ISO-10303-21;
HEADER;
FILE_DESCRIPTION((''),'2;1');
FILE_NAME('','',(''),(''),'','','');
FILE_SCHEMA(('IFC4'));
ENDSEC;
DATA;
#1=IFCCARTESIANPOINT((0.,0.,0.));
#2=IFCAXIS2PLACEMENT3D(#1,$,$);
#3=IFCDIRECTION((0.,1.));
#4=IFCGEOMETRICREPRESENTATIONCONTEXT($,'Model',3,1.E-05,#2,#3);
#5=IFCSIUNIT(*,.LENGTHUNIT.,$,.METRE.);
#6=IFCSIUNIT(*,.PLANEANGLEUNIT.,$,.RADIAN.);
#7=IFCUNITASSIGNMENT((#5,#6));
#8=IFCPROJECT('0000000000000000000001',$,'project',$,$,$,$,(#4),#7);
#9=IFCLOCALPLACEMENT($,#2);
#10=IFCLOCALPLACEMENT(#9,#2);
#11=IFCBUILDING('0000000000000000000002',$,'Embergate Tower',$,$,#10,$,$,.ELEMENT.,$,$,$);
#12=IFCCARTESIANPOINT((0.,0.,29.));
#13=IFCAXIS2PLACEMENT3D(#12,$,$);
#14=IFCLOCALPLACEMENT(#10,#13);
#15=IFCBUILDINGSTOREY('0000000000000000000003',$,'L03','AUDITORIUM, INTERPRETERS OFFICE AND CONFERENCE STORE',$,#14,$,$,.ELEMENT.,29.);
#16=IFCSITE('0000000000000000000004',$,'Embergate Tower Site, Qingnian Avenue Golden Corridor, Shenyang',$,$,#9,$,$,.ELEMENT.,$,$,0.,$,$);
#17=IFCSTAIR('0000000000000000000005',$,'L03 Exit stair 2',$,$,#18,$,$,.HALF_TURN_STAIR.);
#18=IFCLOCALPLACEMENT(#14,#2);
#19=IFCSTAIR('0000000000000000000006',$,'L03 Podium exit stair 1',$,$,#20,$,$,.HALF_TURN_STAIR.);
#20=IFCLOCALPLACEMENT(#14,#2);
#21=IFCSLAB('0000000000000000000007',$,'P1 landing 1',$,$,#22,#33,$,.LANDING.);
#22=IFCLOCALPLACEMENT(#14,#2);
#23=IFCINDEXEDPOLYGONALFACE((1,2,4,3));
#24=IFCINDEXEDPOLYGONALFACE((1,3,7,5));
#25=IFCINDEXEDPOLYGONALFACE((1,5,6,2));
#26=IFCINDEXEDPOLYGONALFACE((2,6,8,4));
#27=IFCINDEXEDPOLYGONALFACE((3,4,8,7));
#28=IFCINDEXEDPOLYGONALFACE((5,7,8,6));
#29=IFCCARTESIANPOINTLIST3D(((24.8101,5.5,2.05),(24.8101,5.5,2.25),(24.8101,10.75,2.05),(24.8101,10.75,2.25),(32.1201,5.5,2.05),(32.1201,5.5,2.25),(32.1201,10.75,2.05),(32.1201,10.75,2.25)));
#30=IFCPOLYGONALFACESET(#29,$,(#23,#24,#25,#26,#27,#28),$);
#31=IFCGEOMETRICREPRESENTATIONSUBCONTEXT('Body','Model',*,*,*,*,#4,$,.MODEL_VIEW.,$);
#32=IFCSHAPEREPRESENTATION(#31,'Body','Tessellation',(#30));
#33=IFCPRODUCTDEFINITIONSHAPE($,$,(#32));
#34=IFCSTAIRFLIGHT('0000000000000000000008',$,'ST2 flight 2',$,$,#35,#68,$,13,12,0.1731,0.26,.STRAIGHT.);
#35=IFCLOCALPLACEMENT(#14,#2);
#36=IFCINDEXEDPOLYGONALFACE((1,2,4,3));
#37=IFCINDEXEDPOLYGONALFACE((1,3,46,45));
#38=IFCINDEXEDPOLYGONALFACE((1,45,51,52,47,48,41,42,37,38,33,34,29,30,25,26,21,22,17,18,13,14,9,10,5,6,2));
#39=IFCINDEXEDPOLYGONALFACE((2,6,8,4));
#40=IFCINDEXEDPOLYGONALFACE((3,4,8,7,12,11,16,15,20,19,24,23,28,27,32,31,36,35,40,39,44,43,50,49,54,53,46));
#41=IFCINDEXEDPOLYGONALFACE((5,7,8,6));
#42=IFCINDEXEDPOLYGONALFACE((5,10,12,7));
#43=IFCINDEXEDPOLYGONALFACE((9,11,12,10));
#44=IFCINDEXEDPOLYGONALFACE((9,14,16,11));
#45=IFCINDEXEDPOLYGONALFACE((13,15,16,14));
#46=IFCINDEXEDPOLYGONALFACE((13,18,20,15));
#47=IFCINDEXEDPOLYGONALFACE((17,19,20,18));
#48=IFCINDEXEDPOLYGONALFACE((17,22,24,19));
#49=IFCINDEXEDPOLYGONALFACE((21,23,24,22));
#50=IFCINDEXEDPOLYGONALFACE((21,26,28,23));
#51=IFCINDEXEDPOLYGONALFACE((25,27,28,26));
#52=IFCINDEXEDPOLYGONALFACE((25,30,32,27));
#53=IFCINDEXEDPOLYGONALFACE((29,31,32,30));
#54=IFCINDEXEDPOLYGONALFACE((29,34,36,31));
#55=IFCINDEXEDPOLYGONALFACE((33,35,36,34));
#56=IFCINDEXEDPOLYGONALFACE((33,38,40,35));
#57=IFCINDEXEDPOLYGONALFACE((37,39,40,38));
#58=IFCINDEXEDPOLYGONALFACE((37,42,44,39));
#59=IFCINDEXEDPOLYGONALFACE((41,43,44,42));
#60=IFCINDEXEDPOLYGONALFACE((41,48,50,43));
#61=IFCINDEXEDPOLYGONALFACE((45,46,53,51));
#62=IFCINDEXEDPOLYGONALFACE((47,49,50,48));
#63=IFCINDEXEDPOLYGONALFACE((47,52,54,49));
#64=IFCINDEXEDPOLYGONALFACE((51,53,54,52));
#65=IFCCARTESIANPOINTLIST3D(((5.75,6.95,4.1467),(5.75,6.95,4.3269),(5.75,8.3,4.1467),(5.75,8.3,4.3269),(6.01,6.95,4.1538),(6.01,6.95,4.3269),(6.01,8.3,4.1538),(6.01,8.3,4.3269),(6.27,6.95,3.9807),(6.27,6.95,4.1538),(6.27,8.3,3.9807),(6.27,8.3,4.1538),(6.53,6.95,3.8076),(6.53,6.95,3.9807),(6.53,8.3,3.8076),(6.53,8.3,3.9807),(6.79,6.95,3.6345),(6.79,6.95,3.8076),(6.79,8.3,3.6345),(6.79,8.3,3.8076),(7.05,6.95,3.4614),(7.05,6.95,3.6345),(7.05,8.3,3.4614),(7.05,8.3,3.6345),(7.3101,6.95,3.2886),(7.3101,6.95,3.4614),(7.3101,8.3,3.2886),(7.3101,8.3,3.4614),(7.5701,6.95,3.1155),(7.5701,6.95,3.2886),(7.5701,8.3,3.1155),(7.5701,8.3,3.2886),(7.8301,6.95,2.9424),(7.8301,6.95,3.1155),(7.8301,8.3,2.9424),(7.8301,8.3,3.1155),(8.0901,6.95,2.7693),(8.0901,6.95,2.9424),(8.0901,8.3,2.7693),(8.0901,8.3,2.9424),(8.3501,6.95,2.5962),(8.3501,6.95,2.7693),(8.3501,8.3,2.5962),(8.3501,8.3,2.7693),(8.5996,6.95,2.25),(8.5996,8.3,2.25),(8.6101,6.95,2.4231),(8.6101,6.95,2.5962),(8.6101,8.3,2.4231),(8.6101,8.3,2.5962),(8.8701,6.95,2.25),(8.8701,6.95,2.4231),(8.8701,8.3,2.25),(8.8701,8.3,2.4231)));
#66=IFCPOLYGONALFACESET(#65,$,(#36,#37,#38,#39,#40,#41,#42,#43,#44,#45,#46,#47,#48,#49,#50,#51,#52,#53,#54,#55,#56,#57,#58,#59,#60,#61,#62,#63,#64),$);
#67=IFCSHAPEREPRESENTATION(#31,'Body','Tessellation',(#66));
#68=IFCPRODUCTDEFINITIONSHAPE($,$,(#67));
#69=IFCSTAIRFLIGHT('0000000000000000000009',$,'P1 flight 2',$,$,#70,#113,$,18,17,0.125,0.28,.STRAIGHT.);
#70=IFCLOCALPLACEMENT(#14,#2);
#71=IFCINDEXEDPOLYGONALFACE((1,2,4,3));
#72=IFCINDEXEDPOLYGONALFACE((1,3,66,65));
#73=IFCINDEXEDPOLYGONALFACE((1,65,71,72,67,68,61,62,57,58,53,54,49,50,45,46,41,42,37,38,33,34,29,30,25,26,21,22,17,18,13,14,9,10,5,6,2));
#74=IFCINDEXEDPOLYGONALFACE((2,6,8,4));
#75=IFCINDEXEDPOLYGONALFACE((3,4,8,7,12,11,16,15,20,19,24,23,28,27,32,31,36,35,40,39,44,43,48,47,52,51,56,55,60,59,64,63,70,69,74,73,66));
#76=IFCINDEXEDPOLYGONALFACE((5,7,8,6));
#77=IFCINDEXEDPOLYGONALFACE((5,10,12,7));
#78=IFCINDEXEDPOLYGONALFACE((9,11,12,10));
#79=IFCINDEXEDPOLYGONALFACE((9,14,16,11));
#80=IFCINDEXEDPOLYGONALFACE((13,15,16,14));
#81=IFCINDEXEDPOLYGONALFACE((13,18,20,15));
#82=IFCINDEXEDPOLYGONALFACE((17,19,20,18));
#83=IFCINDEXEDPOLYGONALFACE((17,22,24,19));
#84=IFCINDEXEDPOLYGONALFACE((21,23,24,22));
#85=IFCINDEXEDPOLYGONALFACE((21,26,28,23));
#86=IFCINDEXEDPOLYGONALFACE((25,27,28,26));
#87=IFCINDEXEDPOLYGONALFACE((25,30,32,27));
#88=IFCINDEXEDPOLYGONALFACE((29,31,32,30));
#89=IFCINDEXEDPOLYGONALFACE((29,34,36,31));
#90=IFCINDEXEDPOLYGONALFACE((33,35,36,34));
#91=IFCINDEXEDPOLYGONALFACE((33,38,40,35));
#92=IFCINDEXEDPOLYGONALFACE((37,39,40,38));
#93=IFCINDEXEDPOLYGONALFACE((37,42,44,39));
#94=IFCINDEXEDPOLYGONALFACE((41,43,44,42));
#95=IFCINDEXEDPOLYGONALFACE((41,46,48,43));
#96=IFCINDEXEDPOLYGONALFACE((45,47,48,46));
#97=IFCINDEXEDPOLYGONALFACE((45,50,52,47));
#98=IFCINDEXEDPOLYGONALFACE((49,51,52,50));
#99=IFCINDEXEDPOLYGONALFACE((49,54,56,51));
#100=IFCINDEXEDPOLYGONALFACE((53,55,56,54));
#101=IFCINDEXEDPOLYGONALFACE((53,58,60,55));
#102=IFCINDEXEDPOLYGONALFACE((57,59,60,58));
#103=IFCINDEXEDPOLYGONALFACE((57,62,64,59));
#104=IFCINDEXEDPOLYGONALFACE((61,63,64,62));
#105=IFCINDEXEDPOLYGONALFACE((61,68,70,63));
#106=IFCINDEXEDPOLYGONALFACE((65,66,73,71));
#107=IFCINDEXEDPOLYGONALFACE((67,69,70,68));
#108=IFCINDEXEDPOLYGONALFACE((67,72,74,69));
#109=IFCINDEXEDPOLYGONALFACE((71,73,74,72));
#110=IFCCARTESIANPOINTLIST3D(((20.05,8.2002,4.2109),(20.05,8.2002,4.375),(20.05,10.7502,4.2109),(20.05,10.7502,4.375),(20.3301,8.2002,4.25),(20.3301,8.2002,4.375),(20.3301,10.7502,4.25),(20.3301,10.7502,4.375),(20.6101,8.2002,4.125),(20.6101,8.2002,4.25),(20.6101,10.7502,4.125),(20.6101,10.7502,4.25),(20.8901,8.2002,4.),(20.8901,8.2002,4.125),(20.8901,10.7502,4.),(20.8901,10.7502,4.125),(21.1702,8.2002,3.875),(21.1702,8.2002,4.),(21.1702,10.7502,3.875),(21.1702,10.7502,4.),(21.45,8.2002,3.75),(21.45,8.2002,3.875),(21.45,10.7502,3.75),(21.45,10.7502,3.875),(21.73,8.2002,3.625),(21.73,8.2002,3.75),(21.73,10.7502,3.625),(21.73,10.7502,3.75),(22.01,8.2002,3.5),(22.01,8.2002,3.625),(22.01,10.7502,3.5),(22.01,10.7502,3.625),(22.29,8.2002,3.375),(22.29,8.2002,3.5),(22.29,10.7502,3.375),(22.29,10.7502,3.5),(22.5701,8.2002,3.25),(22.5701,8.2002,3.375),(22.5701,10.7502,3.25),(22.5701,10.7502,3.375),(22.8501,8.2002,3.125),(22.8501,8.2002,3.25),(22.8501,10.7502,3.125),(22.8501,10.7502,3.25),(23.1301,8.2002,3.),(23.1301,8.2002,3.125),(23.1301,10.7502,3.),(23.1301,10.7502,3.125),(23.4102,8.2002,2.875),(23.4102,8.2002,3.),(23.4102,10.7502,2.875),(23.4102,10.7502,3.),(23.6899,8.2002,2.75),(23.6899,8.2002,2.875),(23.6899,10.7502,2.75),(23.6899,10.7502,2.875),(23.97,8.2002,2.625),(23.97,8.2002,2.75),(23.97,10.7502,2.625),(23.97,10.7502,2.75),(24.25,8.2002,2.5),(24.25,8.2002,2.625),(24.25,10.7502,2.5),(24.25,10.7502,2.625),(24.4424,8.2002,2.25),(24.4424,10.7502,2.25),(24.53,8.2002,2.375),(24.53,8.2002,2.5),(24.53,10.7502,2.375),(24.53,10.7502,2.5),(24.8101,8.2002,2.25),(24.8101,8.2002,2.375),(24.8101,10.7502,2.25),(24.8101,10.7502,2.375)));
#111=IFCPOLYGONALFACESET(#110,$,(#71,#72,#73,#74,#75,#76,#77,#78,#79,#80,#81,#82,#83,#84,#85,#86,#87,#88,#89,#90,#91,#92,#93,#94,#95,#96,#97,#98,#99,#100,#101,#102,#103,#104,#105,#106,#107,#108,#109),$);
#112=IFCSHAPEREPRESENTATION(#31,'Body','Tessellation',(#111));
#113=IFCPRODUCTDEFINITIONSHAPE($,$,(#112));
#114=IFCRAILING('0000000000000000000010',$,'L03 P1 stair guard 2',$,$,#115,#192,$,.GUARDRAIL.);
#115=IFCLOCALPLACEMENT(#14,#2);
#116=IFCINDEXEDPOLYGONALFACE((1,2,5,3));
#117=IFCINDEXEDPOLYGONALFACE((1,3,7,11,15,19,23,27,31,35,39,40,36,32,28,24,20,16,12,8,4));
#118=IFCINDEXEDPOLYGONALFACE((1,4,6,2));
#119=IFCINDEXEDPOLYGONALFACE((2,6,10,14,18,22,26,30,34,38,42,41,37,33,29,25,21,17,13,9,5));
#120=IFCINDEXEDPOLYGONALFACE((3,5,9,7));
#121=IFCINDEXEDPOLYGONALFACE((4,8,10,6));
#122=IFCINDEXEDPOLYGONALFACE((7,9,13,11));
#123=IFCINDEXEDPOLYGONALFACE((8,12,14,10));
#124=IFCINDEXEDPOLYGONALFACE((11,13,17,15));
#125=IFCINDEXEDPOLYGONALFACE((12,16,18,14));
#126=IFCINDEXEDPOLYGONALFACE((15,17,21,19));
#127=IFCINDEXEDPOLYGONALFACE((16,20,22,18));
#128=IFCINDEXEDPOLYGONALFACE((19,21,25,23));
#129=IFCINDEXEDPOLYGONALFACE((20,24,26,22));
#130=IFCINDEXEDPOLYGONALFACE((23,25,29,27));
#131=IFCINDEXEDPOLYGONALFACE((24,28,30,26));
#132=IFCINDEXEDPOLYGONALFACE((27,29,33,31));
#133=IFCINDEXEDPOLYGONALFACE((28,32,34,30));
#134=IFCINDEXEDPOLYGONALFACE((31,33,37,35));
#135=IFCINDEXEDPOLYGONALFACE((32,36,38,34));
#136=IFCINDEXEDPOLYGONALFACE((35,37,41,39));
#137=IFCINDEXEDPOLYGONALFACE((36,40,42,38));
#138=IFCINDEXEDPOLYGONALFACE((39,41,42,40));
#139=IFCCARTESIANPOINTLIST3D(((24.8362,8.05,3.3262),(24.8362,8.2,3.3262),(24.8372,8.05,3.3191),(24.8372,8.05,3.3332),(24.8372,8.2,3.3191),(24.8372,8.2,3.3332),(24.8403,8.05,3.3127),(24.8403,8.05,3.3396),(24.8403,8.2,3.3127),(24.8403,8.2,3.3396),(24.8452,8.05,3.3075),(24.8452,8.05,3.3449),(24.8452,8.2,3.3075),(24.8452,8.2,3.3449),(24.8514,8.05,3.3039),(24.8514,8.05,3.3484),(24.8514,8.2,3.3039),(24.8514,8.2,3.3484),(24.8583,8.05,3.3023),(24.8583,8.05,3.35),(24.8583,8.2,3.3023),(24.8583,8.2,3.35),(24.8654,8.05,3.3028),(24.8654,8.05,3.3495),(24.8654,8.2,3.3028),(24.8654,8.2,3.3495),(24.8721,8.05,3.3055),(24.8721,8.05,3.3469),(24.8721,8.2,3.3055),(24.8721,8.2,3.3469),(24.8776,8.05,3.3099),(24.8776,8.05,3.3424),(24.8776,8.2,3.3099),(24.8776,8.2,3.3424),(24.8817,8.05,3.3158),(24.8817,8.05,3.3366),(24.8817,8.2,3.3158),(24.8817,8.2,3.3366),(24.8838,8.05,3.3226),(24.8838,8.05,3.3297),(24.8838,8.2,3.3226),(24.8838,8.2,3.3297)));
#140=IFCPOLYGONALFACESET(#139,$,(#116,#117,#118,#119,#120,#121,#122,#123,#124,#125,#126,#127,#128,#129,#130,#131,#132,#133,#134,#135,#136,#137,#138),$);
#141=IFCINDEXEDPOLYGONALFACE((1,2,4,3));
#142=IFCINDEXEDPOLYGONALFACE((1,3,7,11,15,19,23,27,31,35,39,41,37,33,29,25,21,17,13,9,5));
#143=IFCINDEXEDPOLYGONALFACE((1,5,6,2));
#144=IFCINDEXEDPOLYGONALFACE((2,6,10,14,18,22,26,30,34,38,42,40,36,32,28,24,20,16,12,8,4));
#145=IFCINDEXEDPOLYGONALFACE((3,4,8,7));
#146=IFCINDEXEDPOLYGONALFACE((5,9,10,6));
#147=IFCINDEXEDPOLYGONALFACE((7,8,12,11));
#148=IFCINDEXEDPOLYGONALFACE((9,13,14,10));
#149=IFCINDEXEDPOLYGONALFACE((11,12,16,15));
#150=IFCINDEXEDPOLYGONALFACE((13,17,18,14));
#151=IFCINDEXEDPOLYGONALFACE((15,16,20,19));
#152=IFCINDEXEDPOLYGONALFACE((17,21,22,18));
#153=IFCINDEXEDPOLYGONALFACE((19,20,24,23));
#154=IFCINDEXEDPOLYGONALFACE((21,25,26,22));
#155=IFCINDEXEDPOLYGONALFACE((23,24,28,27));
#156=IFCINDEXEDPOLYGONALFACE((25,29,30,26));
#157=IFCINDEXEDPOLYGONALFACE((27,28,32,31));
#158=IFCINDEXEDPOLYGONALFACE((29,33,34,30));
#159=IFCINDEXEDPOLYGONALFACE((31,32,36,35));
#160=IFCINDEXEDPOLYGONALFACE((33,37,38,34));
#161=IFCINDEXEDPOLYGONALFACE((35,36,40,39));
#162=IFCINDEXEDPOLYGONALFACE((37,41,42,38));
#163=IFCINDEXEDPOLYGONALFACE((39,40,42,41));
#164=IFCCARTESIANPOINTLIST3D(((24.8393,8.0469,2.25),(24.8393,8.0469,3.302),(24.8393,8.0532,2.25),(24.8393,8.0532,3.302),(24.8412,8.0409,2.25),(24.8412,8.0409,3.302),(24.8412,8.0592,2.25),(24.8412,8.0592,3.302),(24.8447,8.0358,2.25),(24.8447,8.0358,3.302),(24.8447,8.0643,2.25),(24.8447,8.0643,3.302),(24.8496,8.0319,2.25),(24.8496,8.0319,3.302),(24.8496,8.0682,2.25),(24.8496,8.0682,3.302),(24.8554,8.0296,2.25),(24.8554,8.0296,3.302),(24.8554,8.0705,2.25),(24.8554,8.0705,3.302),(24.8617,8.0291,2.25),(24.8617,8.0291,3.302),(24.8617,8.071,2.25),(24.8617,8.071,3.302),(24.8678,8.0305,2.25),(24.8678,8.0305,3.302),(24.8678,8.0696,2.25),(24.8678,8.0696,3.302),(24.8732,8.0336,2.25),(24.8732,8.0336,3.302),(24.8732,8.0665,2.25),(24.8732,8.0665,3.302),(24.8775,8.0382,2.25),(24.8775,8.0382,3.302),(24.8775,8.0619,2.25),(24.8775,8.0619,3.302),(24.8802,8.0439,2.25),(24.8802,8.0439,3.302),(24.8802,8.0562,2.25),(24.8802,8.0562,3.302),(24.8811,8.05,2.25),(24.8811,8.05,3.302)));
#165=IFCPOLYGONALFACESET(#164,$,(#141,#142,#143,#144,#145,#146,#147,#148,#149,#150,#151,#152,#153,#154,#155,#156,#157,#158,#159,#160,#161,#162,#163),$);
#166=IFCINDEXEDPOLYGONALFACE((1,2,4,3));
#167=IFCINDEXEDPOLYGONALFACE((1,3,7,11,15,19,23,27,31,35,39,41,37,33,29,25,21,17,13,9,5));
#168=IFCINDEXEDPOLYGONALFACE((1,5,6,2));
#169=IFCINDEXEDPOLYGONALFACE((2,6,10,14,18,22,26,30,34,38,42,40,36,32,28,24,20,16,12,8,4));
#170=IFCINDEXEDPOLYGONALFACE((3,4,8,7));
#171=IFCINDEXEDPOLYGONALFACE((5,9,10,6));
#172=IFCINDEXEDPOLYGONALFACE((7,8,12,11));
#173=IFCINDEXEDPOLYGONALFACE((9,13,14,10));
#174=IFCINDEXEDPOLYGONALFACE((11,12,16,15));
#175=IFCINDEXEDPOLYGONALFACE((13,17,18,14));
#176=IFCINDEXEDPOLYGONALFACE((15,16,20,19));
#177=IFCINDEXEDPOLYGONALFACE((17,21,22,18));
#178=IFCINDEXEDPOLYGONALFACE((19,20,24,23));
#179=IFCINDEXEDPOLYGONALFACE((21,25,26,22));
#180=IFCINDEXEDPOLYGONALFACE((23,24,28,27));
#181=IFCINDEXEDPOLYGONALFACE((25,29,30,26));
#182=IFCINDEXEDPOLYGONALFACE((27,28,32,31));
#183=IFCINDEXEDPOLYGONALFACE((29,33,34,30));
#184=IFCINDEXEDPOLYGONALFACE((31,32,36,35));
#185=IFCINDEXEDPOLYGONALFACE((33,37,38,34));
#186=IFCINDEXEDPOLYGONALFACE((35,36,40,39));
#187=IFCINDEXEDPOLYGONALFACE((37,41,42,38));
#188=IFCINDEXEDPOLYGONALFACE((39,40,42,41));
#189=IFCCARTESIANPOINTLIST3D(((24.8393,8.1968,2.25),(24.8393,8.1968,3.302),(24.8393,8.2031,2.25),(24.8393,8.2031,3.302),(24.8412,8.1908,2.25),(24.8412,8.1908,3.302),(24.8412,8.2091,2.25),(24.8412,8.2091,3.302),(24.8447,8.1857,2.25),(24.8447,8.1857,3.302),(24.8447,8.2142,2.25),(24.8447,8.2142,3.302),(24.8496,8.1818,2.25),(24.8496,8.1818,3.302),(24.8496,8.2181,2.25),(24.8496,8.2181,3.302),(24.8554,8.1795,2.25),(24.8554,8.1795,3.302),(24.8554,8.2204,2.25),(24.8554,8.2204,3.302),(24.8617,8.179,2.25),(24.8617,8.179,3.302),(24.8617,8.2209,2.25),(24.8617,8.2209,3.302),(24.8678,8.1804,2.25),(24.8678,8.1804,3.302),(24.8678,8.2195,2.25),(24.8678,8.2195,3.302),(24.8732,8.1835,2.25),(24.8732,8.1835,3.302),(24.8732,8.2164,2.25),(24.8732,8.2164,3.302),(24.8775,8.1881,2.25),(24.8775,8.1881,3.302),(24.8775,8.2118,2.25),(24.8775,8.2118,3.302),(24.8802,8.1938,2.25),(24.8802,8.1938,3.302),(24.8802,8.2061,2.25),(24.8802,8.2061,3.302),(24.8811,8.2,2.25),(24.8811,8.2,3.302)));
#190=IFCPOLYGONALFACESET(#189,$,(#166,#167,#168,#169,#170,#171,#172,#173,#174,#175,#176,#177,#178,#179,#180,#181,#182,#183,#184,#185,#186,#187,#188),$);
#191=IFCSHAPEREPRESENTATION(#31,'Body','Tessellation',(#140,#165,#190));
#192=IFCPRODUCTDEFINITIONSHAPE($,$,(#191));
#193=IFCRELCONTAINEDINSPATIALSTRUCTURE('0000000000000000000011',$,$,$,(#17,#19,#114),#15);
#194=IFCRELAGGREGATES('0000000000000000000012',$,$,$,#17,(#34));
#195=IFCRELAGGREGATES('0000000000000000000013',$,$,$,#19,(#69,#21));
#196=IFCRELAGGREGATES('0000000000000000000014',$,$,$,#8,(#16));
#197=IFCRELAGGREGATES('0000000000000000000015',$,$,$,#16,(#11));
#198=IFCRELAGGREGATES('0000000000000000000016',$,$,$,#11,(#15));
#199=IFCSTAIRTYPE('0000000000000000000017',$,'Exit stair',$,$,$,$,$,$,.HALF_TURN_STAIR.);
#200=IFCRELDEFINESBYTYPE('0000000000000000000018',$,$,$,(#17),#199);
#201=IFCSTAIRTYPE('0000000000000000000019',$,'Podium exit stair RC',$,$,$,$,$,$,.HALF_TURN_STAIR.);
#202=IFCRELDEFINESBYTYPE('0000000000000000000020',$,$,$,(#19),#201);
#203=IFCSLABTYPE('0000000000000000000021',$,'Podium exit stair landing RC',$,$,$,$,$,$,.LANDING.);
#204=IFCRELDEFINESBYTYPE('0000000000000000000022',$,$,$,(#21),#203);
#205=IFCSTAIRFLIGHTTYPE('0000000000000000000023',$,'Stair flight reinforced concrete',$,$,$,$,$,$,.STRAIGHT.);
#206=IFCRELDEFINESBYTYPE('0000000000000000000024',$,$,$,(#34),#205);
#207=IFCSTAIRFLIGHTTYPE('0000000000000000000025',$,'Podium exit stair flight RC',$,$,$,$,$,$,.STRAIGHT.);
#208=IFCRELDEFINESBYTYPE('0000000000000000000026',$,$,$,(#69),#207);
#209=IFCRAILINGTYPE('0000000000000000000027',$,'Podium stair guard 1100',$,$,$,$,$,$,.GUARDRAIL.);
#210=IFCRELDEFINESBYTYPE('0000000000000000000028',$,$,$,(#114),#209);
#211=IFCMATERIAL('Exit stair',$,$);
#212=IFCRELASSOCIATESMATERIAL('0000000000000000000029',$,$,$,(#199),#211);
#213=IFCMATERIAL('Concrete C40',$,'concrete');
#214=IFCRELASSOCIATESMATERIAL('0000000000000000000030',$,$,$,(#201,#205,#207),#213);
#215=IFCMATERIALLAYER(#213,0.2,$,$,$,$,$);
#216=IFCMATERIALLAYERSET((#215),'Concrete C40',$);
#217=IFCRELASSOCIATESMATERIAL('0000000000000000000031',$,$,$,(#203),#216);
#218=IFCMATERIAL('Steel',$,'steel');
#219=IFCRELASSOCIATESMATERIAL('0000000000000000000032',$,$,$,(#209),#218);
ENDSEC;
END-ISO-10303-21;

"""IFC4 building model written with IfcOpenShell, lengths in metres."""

from ifc_helpers import new_model, si_unit, direction, frame, origin, origin_2d, place, context, subcontext, project, spatial, polyline, circle, outline, extrude, source, transform, mapped, material, layer, layer_set, type_object, element, aggregate, save


model = new_model("IFC4")

# Units and contexts
model_context = context("Model", 3, precision=1e-05, world=origin(), true_north=direction((0.0, 1.0)))
body_context = subcontext(model_context, "Body", "Model", "MODEL_VIEW")
ifc_project = project(units=[si_unit("LENGTHUNIT", "METRE"), si_unit("PLANEANGLEUNIT", "RADIAN")], contexts=[model_context])

# Site, building, storey
site_placement = place(None, origin())
site = spatial("IfcSite", under=ifc_project, at=site_placement, Name="Embergate Tower Site, Qingnian Avenue Golden Corridor, Shenyang", CompositionType="ELEMENT", RefElevation=0.0)
building_placement = place(site_placement, origin())
building = spatial("IfcBuilding", under=site, at=building_placement, Name="Embergate Tower", CompositionType="ELEMENT")
storey_placement = place(building_placement, frame((0.0, 0.0, 29.0)))
storey = spatial("IfcBuildingStorey", under=building, at=storey_placement, Name="L03", Description="AUDITORIUM, INTERPRETERS OFFICE AND CONFERENCE STORE", CompositionType="ELEMENT", Elevation=29.0)

# Stairs, slab
ifc_material_1 = material(Name="Exit stair")
stair_type_1 = type_object("IfcStairType", Name="Exit stair", PredefinedType="HALF_TURN_STAIR", material=ifc_material_1)
stair_1_placement = place(storey_placement, origin())
stair_1 = element("IfcStair", 1, at=stair_1_placement, inside=storey, type_object=stair_type_1, Name="L03 Exit stair 2", PredefinedType="HALF_TURN_STAIR")
ifc_material_2 = material(Name="Concrete C40", Category="concrete")
stair_type_2 = type_object("IfcStairType", Name="Podium exit stair RC", PredefinedType="HALF_TURN_STAIR", material=ifc_material_2)
stair_2_placement = place(storey_placement, origin())
stair_2 = element("IfcStair", 2, at=stair_2_placement, inside=storey, type_object=stair_type_2, Name="L03 Podium exit stair 1", PredefinedType="HALF_TURN_STAIR")
ifc_layer_1 = layer(ifc_material_2, 0.2)
ifc_layer_set_1 = layer_set([ifc_layer_1], Name="Concrete C40")
slab_type_1 = type_object("IfcSlabType", Name="Podium exit stair landing RC", PredefinedType="LANDING", material=ifc_layer_set_1)
shared_shape_1 = source(origin(), body_context, "Body", "SweptSolid", [
    extrude(outline(polyline([(0.0, 0.0), (7.3101, 0.0), (7.3101, 5.25), (0.0, 5.25), (0.0, 0.0)])), origin(), (0.0, 0.0, 1.0), 0.2),
])
slab_1_placement = place(storey_placement, frame((24.8101, 5.5, 2.05)))
slab_1 = element("IfcSlab", 3, at=slab_1_placement, type_object=slab_type_1, Name="P1 landing 1", PredefinedType="LANDING", context=body_context, shape_type="MappedRepresentation", body=[
    mapped(shared_shape_1, transform((0.0, 0.0, 0.0))),
])

# Stair flights
stair_flight_type_1 = type_object("IfcStairFlightType", Name="Stair flight reinforced concrete", PredefinedType="STRAIGHT", material=ifc_material_2)
shared_shape_2 = source(origin(), body_context, "Body", "SweptSolid", [
    extrude(outline(polyline([(0.0, 0.0), (0.0, 0.1731), (0.26, 0.1731), (0.26, 0.3462), (0.52, 0.3462), (0.52, 0.5193), (0.78, 0.5193), (0.78, 0.6924), (1.04, 0.6924), (1.04, 0.8655), (1.3, 0.8655), (1.3, 1.0386), (1.5601, 1.0386), (1.5601, 1.2114), (1.8201, 1.2114), (1.8201, 1.3845), (2.0801, 1.3845), (2.0801, 1.5576), (2.3401, 1.5576), (2.3401, 1.7307), (2.6001, 1.7307), (2.6001, 1.9038), (2.8601, 1.9038), (2.8601, 2.0769), (3.1201, 2.0769), (3.1201, 2.25), (3.1201, 1.8967), (0.2705, 0.0), (0.0, 0.0)])), frame((0.0, 0.675, 0.0), z_axis=(0.0, -1.0, 0.0), x_axis=(1.0, 0.0, 0.0)), (0.0, 0.0, 1.0), 1.3501),
])
stair_flight_1_placement = place(storey_placement, frame((8.8701, 7.625, 2.25), z_axis=(0.0, 0.0, 1.0), x_axis=(-1.0, 0.0, 0.0)))
stair_flight_1 = element("IfcStairFlight", 4, at=stair_flight_1_placement, type_object=stair_flight_type_1, Name="ST2 flight 2", NumberOfRisers=13, NumberOfTreads=12, PredefinedType="STRAIGHT", RiserHeight=0.1731, TreadLength=0.26, context=body_context, shape_type="MappedRepresentation", body=[
    mapped(shared_shape_2, transform((0.0, 0.0, 0.0))),
])
aggregate(stair_1, [stair_flight_1])
stair_flight_type_2 = type_object("IfcStairFlightType", Name="Podium exit stair flight RC", PredefinedType="STRAIGHT", material=ifc_material_2)
shared_shape_3 = source(origin(), body_context, "Body", "SweptSolid", [
    extrude(outline(polyline([(0.0, 0.0), (0.0, 0.125), (0.28, 0.125), (0.28, 0.25), (0.5601, 0.25), (0.5601, 0.375), (0.8401, 0.375), (0.8401, 0.5), (1.1201, 0.5), (1.1201, 0.625), (1.3999, 0.625), (1.3999, 0.75), (1.6799, 0.75), (1.6799, 0.875), (1.96, 0.875), (1.96, 1.0), (2.24, 1.0), (2.24, 1.125), (2.52, 1.125), (2.52, 1.25), (2.8, 1.25), (2.8, 1.375), (3.0801, 1.375), (3.0801, 1.5), (3.3601, 1.5), (3.3601, 1.625), (3.6399, 1.625), (3.6399, 1.75), (3.9199, 1.75), (3.9199, 1.875), (4.2, 1.875), (4.2, 2.0), (4.48, 2.0), (4.48, 2.125), (4.76, 2.125), (4.76, 2.25), (4.76, 1.9609), (0.3677, 0.0), (0.0, 0.0)])), frame((0.0, 1.2749, 0.0), z_axis=(0.0, -1.0, 0.0), x_axis=(1.0, 0.0, 0.0)), (0.0, 0.0, 1.0), 2.55),
])
stair_flight_2_placement = place(storey_placement, frame((24.8101, 9.4751, 2.25), z_axis=(0.0, 0.0, 1.0), x_axis=(-1.0, 0.0, 0.0)))
stair_flight_2 = element("IfcStairFlight", 5, at=stair_flight_2_placement, type_object=stair_flight_type_2, Name="P1 flight 2", NumberOfRisers=18, NumberOfTreads=17, PredefinedType="STRAIGHT", RiserHeight=0.125, TreadLength=0.28, context=body_context, shape_type="MappedRepresentation", body=[
    mapped(shared_shape_3, transform((0.0, 0.0, 0.0))),
])
aggregate(stair_2, [stair_flight_2, slab_1])

# Railing
ifc_material_3 = material(Name="Steel", Category="steel")
railing_type_1 = type_object("IfcRailingType", Name="Podium stair guard 1100", PredefinedType="GUARDRAIL", material=ifc_material_3)
shared_shape_4 = source(origin(), body_context, "Body", "SweptSolid", [
    extrude(circle(Radius=0.0239, at=origin_2d()), frame((0.0, 0.0, 1.0762), z_axis=(0.0, 1.0, 0.0), x_axis=(-1.0, 0.0, 0.0)), (0.0, 0.0, 1.0), 0.1499),
    extrude(circle(Radius=0.021, at=origin_2d()), origin(), (0.0, 0.0, 1.0), 1.052),
    extrude(circle(Radius=0.021, at=origin_2d()), frame((0.0, 0.1499, 0.0)), (0.0, 0.0, 1.0), 1.052),
])
railing_1_placement = place(storey_placement, frame((24.8601, 8.05, 2.25)))
element("IfcRailing", 6, at=railing_1_placement, inside=storey, type_object=railing_type_1, Name="L03 P1 stair guard 2", PredefinedType="GUARDRAIL", context=body_context, shape_type="MappedRepresentation", body=[
    mapped(shared_shape_4, transform((0.0, 0.0, 0.0))),
])

save(model, "model.ifc")
